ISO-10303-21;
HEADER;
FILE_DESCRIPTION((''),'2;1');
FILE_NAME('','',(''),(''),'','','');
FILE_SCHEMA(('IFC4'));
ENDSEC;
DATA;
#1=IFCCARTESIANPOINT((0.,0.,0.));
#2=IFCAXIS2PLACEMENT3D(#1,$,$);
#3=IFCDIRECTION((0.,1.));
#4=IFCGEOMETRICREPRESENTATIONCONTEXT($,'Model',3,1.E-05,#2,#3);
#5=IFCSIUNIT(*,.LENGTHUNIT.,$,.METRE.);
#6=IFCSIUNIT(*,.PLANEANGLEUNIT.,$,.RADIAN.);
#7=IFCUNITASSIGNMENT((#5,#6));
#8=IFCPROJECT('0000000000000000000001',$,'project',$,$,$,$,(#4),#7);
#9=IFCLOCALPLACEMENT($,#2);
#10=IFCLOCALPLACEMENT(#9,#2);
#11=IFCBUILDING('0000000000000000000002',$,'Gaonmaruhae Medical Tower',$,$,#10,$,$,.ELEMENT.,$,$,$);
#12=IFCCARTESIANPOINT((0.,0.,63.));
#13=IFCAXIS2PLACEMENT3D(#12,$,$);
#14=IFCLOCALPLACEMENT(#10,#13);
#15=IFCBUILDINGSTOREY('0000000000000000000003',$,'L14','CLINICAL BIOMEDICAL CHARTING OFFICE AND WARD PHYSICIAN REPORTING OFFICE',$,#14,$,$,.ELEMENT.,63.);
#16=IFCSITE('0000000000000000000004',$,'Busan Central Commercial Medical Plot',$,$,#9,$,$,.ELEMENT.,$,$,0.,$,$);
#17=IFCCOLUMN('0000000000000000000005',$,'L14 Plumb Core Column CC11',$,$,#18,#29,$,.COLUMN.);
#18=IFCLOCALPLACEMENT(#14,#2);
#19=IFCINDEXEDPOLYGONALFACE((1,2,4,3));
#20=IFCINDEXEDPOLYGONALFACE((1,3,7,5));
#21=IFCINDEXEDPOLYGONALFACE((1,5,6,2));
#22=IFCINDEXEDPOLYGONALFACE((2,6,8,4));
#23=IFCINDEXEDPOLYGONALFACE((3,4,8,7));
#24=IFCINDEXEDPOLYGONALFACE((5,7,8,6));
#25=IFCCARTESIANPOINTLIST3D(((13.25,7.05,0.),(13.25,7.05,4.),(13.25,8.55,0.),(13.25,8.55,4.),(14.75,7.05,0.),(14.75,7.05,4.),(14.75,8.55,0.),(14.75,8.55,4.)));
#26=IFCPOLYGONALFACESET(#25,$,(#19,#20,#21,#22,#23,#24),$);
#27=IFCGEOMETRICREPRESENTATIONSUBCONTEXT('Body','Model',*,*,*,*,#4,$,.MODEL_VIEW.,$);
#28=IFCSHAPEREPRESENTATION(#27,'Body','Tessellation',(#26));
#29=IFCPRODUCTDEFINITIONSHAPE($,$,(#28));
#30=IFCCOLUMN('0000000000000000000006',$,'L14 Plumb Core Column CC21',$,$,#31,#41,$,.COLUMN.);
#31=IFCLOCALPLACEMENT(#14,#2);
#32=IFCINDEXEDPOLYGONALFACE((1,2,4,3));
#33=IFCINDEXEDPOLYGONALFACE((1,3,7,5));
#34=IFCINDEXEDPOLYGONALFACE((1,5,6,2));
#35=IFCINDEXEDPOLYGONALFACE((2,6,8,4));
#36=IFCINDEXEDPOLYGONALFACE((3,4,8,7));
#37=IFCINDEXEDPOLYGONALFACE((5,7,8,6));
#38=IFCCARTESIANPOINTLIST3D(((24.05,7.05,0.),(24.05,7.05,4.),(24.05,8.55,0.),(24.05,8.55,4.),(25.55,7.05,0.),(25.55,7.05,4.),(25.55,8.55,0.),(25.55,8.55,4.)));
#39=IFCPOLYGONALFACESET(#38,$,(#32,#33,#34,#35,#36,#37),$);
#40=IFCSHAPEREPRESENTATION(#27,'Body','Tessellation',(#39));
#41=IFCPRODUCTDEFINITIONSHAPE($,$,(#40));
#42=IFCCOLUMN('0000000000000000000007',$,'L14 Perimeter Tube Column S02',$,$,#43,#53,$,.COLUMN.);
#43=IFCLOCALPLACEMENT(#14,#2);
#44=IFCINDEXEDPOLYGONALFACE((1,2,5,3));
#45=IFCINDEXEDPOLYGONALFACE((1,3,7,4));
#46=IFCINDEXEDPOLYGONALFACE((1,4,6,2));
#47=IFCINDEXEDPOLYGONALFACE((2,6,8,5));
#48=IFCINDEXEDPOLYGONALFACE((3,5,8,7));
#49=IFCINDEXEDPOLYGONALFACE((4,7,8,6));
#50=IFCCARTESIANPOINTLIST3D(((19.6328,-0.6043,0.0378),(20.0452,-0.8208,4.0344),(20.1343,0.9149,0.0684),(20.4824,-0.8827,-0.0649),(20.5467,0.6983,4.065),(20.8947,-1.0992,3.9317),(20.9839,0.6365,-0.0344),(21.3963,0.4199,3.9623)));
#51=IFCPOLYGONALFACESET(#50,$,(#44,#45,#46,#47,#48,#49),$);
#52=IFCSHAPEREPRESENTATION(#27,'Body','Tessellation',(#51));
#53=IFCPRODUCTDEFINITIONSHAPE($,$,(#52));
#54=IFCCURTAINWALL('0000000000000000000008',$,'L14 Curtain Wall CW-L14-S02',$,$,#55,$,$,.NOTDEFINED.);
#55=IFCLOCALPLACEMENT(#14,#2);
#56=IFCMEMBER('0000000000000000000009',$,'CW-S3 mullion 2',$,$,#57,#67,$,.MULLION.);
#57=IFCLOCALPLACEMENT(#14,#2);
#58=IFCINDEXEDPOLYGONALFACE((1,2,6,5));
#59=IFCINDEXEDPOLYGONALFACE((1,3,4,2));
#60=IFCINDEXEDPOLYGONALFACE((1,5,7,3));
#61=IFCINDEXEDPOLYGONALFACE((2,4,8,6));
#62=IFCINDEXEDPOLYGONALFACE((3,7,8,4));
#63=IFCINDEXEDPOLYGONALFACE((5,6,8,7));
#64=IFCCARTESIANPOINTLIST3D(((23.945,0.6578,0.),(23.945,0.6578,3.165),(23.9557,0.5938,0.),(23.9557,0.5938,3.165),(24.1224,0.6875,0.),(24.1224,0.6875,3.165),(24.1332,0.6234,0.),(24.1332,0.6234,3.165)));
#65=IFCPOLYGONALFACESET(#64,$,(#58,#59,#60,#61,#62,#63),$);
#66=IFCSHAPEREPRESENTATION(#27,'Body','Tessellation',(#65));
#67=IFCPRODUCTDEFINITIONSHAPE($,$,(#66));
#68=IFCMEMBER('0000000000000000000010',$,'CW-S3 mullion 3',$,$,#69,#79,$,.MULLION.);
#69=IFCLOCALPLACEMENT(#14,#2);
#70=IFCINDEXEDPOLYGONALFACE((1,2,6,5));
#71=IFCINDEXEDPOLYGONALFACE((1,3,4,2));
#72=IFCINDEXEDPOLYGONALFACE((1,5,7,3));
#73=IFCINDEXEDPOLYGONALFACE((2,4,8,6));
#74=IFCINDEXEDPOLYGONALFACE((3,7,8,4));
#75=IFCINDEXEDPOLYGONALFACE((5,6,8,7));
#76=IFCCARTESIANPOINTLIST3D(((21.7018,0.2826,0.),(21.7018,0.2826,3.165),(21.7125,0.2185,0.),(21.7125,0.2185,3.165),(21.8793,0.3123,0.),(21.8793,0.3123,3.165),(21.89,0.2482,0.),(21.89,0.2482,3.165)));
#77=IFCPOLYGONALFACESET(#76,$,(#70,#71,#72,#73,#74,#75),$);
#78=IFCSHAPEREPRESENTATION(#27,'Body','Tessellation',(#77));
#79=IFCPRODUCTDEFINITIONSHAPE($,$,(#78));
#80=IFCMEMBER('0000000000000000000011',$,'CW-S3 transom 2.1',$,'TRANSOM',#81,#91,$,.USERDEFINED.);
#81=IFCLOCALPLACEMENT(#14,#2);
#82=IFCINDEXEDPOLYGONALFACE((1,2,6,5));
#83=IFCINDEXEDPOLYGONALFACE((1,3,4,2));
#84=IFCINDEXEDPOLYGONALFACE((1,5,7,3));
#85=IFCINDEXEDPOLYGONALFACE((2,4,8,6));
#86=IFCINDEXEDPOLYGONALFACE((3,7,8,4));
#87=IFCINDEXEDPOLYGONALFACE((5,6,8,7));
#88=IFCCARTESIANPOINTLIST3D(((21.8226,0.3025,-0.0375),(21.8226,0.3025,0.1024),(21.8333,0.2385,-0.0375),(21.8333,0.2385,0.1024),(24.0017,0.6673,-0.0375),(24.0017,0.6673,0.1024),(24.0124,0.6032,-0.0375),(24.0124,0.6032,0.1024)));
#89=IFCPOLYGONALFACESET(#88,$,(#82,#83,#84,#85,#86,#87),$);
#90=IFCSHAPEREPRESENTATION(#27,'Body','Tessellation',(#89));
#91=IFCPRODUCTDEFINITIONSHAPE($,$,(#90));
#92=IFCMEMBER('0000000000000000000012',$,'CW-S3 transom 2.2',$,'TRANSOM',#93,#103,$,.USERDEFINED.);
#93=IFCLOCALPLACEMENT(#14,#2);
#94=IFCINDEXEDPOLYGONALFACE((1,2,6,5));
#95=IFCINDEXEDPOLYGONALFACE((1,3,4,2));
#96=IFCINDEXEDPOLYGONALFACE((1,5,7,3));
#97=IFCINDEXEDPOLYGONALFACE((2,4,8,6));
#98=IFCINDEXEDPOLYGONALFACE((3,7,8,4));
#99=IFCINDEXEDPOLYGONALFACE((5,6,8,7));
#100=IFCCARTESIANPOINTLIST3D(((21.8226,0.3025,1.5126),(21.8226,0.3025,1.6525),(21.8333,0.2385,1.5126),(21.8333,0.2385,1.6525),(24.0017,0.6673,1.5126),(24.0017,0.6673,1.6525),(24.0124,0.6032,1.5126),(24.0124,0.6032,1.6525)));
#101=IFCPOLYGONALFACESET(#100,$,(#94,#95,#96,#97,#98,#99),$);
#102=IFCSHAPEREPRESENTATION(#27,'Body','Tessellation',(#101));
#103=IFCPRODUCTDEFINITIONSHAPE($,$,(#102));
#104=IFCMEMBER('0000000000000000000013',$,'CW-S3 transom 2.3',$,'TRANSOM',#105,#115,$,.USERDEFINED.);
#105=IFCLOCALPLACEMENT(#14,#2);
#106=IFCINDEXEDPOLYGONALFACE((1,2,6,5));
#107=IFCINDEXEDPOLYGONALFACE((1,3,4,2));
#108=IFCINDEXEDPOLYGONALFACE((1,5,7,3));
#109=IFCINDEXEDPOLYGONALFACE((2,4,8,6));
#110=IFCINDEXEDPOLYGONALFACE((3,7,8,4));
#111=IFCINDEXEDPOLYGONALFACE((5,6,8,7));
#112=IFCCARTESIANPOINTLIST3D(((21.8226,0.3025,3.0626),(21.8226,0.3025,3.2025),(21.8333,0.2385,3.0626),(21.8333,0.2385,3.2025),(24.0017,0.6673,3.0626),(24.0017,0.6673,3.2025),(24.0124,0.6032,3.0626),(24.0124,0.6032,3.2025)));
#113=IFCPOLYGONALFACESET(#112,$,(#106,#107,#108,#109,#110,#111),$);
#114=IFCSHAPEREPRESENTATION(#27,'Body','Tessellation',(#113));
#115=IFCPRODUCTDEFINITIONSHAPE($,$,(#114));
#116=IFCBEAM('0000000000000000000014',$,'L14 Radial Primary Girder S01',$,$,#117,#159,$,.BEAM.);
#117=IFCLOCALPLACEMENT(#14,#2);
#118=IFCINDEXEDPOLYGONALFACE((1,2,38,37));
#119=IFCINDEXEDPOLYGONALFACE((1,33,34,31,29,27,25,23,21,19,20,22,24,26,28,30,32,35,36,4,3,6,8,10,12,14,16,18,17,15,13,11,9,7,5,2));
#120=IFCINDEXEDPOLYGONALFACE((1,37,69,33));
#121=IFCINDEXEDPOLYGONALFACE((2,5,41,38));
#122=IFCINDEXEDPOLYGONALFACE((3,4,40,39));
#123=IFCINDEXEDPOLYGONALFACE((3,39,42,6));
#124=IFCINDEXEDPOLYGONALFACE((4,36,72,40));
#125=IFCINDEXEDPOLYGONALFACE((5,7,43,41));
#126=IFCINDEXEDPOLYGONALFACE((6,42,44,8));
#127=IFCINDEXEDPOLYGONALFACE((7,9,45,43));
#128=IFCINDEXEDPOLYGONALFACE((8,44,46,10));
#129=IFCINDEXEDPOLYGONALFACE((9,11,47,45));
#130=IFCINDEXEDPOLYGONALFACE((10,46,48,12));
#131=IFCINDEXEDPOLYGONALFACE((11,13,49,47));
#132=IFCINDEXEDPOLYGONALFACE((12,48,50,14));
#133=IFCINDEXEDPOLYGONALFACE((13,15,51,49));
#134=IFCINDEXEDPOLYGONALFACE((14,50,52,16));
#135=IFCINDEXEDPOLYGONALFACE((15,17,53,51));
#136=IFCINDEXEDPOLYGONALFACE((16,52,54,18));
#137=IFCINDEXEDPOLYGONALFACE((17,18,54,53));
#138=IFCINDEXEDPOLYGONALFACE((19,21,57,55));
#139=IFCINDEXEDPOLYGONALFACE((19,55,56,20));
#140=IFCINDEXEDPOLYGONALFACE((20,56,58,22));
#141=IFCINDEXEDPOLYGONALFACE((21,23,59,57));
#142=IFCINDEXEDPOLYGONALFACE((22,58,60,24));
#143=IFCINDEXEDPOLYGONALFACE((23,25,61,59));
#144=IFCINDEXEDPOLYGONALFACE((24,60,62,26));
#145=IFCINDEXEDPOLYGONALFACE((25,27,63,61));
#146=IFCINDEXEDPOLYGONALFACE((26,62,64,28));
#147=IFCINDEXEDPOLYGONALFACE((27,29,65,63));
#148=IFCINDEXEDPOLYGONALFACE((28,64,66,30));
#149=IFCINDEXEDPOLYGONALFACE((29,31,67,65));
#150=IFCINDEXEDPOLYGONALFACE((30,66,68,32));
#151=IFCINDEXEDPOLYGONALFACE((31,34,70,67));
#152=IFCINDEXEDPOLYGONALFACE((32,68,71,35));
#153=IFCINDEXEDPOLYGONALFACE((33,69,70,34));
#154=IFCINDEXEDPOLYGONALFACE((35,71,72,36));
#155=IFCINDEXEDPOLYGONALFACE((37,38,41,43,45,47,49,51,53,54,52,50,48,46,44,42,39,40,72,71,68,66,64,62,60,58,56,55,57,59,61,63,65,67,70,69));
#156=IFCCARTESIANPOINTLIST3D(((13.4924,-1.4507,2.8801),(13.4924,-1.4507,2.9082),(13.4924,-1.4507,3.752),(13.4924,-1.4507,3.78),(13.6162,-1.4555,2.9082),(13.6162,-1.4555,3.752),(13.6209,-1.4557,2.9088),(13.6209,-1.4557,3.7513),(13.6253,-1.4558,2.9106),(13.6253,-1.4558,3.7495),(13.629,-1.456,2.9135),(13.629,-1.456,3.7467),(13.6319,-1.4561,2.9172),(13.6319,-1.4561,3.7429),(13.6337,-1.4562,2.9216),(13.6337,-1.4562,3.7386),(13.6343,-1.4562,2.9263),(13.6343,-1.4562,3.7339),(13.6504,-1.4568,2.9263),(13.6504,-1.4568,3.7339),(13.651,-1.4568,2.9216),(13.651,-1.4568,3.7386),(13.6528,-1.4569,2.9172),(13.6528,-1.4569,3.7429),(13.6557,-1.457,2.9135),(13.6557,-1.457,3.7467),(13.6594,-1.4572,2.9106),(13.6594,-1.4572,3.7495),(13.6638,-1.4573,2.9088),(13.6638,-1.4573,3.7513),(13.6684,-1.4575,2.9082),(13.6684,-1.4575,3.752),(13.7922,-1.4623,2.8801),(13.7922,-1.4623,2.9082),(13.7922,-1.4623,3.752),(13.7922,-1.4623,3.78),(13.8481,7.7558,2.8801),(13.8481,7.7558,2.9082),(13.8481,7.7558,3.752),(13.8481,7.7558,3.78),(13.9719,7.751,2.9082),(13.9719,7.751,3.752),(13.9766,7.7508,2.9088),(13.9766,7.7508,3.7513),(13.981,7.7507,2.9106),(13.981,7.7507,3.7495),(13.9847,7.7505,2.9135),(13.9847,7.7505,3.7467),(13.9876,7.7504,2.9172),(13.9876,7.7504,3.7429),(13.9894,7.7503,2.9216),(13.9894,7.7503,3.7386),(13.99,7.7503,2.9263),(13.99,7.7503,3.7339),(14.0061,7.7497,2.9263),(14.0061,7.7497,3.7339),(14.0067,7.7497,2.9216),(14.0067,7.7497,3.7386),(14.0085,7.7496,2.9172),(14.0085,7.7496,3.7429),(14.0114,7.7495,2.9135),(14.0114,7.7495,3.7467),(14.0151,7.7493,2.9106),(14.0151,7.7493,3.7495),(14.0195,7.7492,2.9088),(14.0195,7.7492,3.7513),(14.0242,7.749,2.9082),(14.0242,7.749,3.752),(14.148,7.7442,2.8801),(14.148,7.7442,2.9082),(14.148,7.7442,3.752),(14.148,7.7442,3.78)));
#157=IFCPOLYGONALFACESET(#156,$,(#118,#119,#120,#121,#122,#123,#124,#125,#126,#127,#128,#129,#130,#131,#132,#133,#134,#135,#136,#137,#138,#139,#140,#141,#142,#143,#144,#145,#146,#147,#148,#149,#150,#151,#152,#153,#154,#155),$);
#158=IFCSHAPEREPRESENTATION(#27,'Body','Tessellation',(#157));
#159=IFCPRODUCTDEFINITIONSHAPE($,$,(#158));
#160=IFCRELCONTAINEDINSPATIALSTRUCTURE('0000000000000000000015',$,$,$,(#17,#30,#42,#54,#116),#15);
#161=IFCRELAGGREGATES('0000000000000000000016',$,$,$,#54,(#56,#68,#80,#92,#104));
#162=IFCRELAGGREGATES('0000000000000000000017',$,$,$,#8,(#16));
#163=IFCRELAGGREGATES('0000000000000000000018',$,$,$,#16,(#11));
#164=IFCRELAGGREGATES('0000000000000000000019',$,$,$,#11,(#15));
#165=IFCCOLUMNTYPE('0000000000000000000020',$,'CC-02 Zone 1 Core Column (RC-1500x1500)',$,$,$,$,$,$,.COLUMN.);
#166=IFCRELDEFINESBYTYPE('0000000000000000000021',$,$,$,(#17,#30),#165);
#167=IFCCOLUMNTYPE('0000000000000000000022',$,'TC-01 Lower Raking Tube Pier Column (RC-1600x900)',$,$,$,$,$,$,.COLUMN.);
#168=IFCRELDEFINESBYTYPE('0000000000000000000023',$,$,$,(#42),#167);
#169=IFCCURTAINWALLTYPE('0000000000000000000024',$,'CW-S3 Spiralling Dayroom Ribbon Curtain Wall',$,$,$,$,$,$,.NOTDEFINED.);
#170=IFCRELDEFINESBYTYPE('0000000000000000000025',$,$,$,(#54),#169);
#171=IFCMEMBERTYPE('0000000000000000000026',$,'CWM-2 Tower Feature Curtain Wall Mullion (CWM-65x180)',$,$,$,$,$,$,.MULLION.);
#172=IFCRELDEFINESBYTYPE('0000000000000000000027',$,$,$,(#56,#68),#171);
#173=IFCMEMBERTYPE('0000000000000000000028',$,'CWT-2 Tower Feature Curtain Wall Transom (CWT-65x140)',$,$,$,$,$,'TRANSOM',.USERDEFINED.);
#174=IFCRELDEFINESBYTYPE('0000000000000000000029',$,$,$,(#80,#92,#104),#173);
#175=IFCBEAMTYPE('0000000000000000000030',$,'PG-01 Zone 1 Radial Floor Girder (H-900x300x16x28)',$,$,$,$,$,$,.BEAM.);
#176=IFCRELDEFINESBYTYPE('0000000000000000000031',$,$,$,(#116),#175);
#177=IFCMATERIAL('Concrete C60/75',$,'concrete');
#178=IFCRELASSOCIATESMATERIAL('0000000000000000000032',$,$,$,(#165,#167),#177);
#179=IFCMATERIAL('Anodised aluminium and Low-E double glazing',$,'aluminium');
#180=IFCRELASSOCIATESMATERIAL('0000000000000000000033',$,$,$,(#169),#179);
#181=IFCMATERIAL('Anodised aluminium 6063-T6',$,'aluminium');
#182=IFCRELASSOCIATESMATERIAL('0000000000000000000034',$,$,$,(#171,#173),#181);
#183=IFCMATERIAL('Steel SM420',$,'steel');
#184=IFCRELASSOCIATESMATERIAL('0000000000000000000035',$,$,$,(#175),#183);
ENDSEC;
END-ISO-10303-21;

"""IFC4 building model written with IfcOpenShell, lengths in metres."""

from ifc_helpers import new_model, si_unit, direction, frame, origin, origin_2d, place, context, subcontext, project, spatial, rectangle, i_section, extrude, material, material_profile, profile_set, type_object, element, aggregate, save


model = new_model("IFC4")

# Units and contexts
model_context = context("Model", 3, precision=1e-05, world=origin(), true_north=direction((0.0, 1.0)))
body_context = subcontext(model_context, "Body", "Model", "MODEL_VIEW")
ifc_project = project(units=[si_unit("LENGTHUNIT", "METRE"), si_unit("PLANEANGLEUNIT", "RADIAN")], contexts=[model_context])

# Site, building, storey
site_placement = place(None, origin())
site = spatial("IfcSite", under=ifc_project, at=site_placement, Name="Busan Central Commercial Medical Plot", CompositionType="ELEMENT", RefElevation=0.0)
building_placement = place(site_placement, origin())
building = spatial("IfcBuilding", under=site, at=building_placement, Name="Gaonmaruhae Medical Tower", CompositionType="ELEMENT")
storey_placement = place(building_placement, frame((0.0, 0.0, 63.0)))
storey = spatial("IfcBuildingStorey", under=building, at=storey_placement, Name="L14", Description="CLINICAL BIOMEDICAL CHARTING OFFICE AND WARD PHYSICIAN REPORTING OFFICE", CompositionType="ELEMENT", Elevation=63.0)

# Columns
ifc_material_1 = material(Name="Concrete C60/75", Category="concrete")
ifc_material_profile_1 = material_profile(ifc_material_1, rectangle(XDim=1.5, YDim=1.5, at=origin_2d()), Name="RC-1500x1500")
ifc_profile_set_1 = profile_set([ifc_material_profile_1], Name="Concrete C60/75")
column_type_1 = type_object("IfcColumnType", Name="CC-02 Zone 1 Core Column (RC-1500x1500)", PredefinedType="COLUMN", material=ifc_profile_set_1)
for number, where, z_axis, x_axis, name in (
    (1, (14.0, 7.8, 0.0), (0.0, 0.0, 1.0), (1.0, 0.0, 0.0), "L14 Plumb Core Column CC11"),
    (2, (24.8, 7.8, 0.0), (0.0, 0.0, 1.0), (1.0, 0.0, 0.0), "L14 Plumb Core Column CC21"),
):
    element("IfcColumn", number, at=place(storey_placement, frame(where, z_axis=z_axis, x_axis=x_axis)), inside=storey, type_object=column_type_1, Name=name, PredefinedType="COLUMN", context=body_context, shape_type="SweptSolid", body=[
        extrude(rectangle(XDim=1.5, YDim=1.5, at=origin_2d()), origin(), (0.0, 0.0, 1.0), 4.0),
    ])
ifc_material_profile_2 = material_profile(ifc_material_1, rectangle(XDim=1.6001, YDim=0.8999, at=origin_2d()), Name="RC-1600x900")
ifc_profile_set_2 = profile_set([ifc_material_profile_2], Name="Concrete C60/75")
column_type_2 = type_object("IfcColumnType", Name="TC-01 Lower Raking Tube Pier Column (RC-1600x900)", PredefinedType="COLUMN", material=ifc_profile_set_2)
column_placement = place(storey_placement, frame((20.3083, 0.0161, 0.0017), z_axis=(0.102483, -0.05382, 0.993278), x_axis=(0.31343, 0.949419, 0.019105)))
element("IfcColumn", 3, at=column_placement, inside=storey, type_object=column_type_2, Name="L14 Perimeter Tube Column S02", PredefinedType="COLUMN", context=body_context, shape_type="SweptSolid", body=[
    extrude(rectangle(XDim=1.6001, YDim=0.8999, at=origin_2d()), origin(), (0.0, 0.0, 1.0), 4.0237),
])

# Curtain wall, members
ifc_material_2 = material(Name="Anodised aluminium and Low-E double glazing", Category="aluminium")
curtain_wall_type = type_object("IfcCurtainWallType", Name="CW-S3 Spiralling Dayroom Ribbon Curtain Wall", PredefinedType="NOTDEFINED", material=ifc_material_2)
curtain_wall_placement = place(storey_placement, origin())
curtain_wall = element("IfcCurtainWall", 4, at=curtain_wall_placement, inside=storey, type_object=curtain_wall_type, Name="L14 Curtain Wall CW-L14-S02", PredefinedType="NOTDEFINED")
ifc_material_3 = material(Name="Anodised aluminium 6063-T6", Category="aluminium")
ifc_material_profile_3 = material_profile(ifc_material_3, rectangle(XDim=0.0649, YDim=0.1799, at=origin_2d()), Name="CWM-65x180")
ifc_profile_set_3 = profile_set([ifc_material_profile_3], Name="Anodised aluminium 6063-T6")
member_type_1 = type_object("IfcMemberType", Name="CWM-2 Tower Feature Curtain Wall Mullion (CWM-65x180)", PredefinedType="MULLION", material=ifc_profile_set_3)
member_1_placement = place(storey_placement, frame((24.0391, 0.6406, 0.0), z_axis=(0.0, 0.0, 1.0), x_axis=(0.165042, -0.986287, 0.0)))
member_1 = element("IfcMember", 5, at=member_1_placement, type_object=member_type_1, Name="CW-S3 mullion 2", PredefinedType="MULLION", context=body_context, shape_type="SweptSolid", body=[
    extrude(rectangle(XDim=0.0649, YDim=0.1799, at=origin_2d()), origin(), (0.0, 0.0, 1.0), 3.165),
])
member_2_placement = place(storey_placement, frame((21.7959, 0.2654, 0.0), z_axis=(0.0, 0.0, 1.0), x_axis=(0.165042, -0.986287, 0.0)))
member_2 = element("IfcMember", 6, at=member_2_placement, type_object=member_type_1, Name="CW-S3 mullion 3", PredefinedType="MULLION", context=body_context, shape_type="SweptSolid", body=[
    extrude(rectangle(XDim=0.0649, YDim=0.1799, at=origin_2d()), origin(), (0.0, 0.0, 1.0), 3.165),
])
ifc_material_profile_4 = material_profile(ifc_material_3, rectangle(XDim=0.0649, YDim=0.1399, at=origin_2d()), Name="CWT-65x140")
ifc_profile_set_4 = profile_set([ifc_material_profile_4], Name="Anodised aluminium 6063-T6")
member_type_2 = type_object("IfcMemberType", Name="CWT-2 Tower Feature Curtain Wall Transom (CWT-65x140)", ElementType="TRANSOM", PredefinedType="USERDEFINED", material=ifc_profile_set_4)
member_3_placement = place(storey_placement, frame((24.0071, 0.6353, 0.0325), z_axis=(-0.98628, -0.16508, 0.0), x_axis=(0.16508, -0.98628, 0.0)))
member_3 = element("IfcMember", 7, at=member_3_placement, type_object=member_type_2, Name="CW-S3 transom 2.1", ObjectType="TRANSOM", PredefinedType="USERDEFINED", context=body_context, shape_type="SweptSolid", body=[
    extrude(rectangle(XDim=0.0649, YDim=0.1399, at=origin_2d()), origin(), (0.0, 0.0, 1.0), 2.2095),
])
member_4_placement = place(storey_placement, frame((24.0071, 0.6353, 1.5825), z_axis=(-0.98628, -0.16508, 0.0), x_axis=(0.16508, -0.98628, 0.0)))
member_4 = element("IfcMember", 8, at=member_4_placement, type_object=member_type_2, Name="CW-S3 transom 2.2", ObjectType="TRANSOM", PredefinedType="USERDEFINED", context=body_context, shape_type="SweptSolid", body=[
    extrude(rectangle(XDim=0.0649, YDim=0.1399, at=origin_2d()), origin(), (0.0, 0.0, 1.0), 2.2095),
])
member_5_placement = place(storey_placement, frame((24.0071, 0.6353, 3.1326), z_axis=(-0.98628, -0.16508, 0.0), x_axis=(0.16508, -0.98628, 0.0)))
member_5 = element("IfcMember", 9, at=member_5_placement, type_object=member_type_2, Name="CW-S3 transom 2.3", ObjectType="TRANSOM", PredefinedType="USERDEFINED", context=body_context, shape_type="SweptSolid", body=[
    extrude(rectangle(XDim=0.0649, YDim=0.1399, at=origin_2d()), origin(), (0.0, 0.0, 1.0), 2.2095),
])

# Beam
ifc_material_4 = material(Name="Steel SM420", Category="steel")
ifc_material_profile_5 = material_profile(ifc_material_4, i_section(OverallWidth=0.3, OverallDepth=0.8999, WebThickness=0.0161, FlangeThickness=0.0281, FilletRadius=0.0181, at=origin_2d()), Name="H-900x300x16x28")
ifc_profile_set_5 = profile_set([ifc_material_profile_5], Name="Steel SM420")
beam_type_1 = type_object("IfcBeamType", Name="PG-01 Zone 1 Radial Floor Girder (H-900x300x16x28)", PredefinedType="BEAM", material=ifc_profile_set_5)
beam_1_placement = place(storey_placement, frame((13.998, 7.75, 3.3301), z_axis=(-0.038608, -0.999254, 0.0), x_axis=(0.999254, -0.038608, 0.0)))
element("IfcBeam", 10, at=beam_1_placement, inside=storey, type_object=beam_type_1, Name="L14 Radial Primary Girder S01", PredefinedType="BEAM", context=body_context, shape_type="SweptSolid", body=[
    extrude(i_section(OverallWidth=0.3, OverallDepth=0.8999, WebThickness=0.0161, FlangeThickness=0.0281, FilletRadius=0.0181, at=origin_2d()), origin(), (0.0, 0.0, 1.0), 9.2134),
])

aggregate(curtain_wall, [member_1, member_2, member_3, member_4, member_5])

save(model, "model.ifc")
